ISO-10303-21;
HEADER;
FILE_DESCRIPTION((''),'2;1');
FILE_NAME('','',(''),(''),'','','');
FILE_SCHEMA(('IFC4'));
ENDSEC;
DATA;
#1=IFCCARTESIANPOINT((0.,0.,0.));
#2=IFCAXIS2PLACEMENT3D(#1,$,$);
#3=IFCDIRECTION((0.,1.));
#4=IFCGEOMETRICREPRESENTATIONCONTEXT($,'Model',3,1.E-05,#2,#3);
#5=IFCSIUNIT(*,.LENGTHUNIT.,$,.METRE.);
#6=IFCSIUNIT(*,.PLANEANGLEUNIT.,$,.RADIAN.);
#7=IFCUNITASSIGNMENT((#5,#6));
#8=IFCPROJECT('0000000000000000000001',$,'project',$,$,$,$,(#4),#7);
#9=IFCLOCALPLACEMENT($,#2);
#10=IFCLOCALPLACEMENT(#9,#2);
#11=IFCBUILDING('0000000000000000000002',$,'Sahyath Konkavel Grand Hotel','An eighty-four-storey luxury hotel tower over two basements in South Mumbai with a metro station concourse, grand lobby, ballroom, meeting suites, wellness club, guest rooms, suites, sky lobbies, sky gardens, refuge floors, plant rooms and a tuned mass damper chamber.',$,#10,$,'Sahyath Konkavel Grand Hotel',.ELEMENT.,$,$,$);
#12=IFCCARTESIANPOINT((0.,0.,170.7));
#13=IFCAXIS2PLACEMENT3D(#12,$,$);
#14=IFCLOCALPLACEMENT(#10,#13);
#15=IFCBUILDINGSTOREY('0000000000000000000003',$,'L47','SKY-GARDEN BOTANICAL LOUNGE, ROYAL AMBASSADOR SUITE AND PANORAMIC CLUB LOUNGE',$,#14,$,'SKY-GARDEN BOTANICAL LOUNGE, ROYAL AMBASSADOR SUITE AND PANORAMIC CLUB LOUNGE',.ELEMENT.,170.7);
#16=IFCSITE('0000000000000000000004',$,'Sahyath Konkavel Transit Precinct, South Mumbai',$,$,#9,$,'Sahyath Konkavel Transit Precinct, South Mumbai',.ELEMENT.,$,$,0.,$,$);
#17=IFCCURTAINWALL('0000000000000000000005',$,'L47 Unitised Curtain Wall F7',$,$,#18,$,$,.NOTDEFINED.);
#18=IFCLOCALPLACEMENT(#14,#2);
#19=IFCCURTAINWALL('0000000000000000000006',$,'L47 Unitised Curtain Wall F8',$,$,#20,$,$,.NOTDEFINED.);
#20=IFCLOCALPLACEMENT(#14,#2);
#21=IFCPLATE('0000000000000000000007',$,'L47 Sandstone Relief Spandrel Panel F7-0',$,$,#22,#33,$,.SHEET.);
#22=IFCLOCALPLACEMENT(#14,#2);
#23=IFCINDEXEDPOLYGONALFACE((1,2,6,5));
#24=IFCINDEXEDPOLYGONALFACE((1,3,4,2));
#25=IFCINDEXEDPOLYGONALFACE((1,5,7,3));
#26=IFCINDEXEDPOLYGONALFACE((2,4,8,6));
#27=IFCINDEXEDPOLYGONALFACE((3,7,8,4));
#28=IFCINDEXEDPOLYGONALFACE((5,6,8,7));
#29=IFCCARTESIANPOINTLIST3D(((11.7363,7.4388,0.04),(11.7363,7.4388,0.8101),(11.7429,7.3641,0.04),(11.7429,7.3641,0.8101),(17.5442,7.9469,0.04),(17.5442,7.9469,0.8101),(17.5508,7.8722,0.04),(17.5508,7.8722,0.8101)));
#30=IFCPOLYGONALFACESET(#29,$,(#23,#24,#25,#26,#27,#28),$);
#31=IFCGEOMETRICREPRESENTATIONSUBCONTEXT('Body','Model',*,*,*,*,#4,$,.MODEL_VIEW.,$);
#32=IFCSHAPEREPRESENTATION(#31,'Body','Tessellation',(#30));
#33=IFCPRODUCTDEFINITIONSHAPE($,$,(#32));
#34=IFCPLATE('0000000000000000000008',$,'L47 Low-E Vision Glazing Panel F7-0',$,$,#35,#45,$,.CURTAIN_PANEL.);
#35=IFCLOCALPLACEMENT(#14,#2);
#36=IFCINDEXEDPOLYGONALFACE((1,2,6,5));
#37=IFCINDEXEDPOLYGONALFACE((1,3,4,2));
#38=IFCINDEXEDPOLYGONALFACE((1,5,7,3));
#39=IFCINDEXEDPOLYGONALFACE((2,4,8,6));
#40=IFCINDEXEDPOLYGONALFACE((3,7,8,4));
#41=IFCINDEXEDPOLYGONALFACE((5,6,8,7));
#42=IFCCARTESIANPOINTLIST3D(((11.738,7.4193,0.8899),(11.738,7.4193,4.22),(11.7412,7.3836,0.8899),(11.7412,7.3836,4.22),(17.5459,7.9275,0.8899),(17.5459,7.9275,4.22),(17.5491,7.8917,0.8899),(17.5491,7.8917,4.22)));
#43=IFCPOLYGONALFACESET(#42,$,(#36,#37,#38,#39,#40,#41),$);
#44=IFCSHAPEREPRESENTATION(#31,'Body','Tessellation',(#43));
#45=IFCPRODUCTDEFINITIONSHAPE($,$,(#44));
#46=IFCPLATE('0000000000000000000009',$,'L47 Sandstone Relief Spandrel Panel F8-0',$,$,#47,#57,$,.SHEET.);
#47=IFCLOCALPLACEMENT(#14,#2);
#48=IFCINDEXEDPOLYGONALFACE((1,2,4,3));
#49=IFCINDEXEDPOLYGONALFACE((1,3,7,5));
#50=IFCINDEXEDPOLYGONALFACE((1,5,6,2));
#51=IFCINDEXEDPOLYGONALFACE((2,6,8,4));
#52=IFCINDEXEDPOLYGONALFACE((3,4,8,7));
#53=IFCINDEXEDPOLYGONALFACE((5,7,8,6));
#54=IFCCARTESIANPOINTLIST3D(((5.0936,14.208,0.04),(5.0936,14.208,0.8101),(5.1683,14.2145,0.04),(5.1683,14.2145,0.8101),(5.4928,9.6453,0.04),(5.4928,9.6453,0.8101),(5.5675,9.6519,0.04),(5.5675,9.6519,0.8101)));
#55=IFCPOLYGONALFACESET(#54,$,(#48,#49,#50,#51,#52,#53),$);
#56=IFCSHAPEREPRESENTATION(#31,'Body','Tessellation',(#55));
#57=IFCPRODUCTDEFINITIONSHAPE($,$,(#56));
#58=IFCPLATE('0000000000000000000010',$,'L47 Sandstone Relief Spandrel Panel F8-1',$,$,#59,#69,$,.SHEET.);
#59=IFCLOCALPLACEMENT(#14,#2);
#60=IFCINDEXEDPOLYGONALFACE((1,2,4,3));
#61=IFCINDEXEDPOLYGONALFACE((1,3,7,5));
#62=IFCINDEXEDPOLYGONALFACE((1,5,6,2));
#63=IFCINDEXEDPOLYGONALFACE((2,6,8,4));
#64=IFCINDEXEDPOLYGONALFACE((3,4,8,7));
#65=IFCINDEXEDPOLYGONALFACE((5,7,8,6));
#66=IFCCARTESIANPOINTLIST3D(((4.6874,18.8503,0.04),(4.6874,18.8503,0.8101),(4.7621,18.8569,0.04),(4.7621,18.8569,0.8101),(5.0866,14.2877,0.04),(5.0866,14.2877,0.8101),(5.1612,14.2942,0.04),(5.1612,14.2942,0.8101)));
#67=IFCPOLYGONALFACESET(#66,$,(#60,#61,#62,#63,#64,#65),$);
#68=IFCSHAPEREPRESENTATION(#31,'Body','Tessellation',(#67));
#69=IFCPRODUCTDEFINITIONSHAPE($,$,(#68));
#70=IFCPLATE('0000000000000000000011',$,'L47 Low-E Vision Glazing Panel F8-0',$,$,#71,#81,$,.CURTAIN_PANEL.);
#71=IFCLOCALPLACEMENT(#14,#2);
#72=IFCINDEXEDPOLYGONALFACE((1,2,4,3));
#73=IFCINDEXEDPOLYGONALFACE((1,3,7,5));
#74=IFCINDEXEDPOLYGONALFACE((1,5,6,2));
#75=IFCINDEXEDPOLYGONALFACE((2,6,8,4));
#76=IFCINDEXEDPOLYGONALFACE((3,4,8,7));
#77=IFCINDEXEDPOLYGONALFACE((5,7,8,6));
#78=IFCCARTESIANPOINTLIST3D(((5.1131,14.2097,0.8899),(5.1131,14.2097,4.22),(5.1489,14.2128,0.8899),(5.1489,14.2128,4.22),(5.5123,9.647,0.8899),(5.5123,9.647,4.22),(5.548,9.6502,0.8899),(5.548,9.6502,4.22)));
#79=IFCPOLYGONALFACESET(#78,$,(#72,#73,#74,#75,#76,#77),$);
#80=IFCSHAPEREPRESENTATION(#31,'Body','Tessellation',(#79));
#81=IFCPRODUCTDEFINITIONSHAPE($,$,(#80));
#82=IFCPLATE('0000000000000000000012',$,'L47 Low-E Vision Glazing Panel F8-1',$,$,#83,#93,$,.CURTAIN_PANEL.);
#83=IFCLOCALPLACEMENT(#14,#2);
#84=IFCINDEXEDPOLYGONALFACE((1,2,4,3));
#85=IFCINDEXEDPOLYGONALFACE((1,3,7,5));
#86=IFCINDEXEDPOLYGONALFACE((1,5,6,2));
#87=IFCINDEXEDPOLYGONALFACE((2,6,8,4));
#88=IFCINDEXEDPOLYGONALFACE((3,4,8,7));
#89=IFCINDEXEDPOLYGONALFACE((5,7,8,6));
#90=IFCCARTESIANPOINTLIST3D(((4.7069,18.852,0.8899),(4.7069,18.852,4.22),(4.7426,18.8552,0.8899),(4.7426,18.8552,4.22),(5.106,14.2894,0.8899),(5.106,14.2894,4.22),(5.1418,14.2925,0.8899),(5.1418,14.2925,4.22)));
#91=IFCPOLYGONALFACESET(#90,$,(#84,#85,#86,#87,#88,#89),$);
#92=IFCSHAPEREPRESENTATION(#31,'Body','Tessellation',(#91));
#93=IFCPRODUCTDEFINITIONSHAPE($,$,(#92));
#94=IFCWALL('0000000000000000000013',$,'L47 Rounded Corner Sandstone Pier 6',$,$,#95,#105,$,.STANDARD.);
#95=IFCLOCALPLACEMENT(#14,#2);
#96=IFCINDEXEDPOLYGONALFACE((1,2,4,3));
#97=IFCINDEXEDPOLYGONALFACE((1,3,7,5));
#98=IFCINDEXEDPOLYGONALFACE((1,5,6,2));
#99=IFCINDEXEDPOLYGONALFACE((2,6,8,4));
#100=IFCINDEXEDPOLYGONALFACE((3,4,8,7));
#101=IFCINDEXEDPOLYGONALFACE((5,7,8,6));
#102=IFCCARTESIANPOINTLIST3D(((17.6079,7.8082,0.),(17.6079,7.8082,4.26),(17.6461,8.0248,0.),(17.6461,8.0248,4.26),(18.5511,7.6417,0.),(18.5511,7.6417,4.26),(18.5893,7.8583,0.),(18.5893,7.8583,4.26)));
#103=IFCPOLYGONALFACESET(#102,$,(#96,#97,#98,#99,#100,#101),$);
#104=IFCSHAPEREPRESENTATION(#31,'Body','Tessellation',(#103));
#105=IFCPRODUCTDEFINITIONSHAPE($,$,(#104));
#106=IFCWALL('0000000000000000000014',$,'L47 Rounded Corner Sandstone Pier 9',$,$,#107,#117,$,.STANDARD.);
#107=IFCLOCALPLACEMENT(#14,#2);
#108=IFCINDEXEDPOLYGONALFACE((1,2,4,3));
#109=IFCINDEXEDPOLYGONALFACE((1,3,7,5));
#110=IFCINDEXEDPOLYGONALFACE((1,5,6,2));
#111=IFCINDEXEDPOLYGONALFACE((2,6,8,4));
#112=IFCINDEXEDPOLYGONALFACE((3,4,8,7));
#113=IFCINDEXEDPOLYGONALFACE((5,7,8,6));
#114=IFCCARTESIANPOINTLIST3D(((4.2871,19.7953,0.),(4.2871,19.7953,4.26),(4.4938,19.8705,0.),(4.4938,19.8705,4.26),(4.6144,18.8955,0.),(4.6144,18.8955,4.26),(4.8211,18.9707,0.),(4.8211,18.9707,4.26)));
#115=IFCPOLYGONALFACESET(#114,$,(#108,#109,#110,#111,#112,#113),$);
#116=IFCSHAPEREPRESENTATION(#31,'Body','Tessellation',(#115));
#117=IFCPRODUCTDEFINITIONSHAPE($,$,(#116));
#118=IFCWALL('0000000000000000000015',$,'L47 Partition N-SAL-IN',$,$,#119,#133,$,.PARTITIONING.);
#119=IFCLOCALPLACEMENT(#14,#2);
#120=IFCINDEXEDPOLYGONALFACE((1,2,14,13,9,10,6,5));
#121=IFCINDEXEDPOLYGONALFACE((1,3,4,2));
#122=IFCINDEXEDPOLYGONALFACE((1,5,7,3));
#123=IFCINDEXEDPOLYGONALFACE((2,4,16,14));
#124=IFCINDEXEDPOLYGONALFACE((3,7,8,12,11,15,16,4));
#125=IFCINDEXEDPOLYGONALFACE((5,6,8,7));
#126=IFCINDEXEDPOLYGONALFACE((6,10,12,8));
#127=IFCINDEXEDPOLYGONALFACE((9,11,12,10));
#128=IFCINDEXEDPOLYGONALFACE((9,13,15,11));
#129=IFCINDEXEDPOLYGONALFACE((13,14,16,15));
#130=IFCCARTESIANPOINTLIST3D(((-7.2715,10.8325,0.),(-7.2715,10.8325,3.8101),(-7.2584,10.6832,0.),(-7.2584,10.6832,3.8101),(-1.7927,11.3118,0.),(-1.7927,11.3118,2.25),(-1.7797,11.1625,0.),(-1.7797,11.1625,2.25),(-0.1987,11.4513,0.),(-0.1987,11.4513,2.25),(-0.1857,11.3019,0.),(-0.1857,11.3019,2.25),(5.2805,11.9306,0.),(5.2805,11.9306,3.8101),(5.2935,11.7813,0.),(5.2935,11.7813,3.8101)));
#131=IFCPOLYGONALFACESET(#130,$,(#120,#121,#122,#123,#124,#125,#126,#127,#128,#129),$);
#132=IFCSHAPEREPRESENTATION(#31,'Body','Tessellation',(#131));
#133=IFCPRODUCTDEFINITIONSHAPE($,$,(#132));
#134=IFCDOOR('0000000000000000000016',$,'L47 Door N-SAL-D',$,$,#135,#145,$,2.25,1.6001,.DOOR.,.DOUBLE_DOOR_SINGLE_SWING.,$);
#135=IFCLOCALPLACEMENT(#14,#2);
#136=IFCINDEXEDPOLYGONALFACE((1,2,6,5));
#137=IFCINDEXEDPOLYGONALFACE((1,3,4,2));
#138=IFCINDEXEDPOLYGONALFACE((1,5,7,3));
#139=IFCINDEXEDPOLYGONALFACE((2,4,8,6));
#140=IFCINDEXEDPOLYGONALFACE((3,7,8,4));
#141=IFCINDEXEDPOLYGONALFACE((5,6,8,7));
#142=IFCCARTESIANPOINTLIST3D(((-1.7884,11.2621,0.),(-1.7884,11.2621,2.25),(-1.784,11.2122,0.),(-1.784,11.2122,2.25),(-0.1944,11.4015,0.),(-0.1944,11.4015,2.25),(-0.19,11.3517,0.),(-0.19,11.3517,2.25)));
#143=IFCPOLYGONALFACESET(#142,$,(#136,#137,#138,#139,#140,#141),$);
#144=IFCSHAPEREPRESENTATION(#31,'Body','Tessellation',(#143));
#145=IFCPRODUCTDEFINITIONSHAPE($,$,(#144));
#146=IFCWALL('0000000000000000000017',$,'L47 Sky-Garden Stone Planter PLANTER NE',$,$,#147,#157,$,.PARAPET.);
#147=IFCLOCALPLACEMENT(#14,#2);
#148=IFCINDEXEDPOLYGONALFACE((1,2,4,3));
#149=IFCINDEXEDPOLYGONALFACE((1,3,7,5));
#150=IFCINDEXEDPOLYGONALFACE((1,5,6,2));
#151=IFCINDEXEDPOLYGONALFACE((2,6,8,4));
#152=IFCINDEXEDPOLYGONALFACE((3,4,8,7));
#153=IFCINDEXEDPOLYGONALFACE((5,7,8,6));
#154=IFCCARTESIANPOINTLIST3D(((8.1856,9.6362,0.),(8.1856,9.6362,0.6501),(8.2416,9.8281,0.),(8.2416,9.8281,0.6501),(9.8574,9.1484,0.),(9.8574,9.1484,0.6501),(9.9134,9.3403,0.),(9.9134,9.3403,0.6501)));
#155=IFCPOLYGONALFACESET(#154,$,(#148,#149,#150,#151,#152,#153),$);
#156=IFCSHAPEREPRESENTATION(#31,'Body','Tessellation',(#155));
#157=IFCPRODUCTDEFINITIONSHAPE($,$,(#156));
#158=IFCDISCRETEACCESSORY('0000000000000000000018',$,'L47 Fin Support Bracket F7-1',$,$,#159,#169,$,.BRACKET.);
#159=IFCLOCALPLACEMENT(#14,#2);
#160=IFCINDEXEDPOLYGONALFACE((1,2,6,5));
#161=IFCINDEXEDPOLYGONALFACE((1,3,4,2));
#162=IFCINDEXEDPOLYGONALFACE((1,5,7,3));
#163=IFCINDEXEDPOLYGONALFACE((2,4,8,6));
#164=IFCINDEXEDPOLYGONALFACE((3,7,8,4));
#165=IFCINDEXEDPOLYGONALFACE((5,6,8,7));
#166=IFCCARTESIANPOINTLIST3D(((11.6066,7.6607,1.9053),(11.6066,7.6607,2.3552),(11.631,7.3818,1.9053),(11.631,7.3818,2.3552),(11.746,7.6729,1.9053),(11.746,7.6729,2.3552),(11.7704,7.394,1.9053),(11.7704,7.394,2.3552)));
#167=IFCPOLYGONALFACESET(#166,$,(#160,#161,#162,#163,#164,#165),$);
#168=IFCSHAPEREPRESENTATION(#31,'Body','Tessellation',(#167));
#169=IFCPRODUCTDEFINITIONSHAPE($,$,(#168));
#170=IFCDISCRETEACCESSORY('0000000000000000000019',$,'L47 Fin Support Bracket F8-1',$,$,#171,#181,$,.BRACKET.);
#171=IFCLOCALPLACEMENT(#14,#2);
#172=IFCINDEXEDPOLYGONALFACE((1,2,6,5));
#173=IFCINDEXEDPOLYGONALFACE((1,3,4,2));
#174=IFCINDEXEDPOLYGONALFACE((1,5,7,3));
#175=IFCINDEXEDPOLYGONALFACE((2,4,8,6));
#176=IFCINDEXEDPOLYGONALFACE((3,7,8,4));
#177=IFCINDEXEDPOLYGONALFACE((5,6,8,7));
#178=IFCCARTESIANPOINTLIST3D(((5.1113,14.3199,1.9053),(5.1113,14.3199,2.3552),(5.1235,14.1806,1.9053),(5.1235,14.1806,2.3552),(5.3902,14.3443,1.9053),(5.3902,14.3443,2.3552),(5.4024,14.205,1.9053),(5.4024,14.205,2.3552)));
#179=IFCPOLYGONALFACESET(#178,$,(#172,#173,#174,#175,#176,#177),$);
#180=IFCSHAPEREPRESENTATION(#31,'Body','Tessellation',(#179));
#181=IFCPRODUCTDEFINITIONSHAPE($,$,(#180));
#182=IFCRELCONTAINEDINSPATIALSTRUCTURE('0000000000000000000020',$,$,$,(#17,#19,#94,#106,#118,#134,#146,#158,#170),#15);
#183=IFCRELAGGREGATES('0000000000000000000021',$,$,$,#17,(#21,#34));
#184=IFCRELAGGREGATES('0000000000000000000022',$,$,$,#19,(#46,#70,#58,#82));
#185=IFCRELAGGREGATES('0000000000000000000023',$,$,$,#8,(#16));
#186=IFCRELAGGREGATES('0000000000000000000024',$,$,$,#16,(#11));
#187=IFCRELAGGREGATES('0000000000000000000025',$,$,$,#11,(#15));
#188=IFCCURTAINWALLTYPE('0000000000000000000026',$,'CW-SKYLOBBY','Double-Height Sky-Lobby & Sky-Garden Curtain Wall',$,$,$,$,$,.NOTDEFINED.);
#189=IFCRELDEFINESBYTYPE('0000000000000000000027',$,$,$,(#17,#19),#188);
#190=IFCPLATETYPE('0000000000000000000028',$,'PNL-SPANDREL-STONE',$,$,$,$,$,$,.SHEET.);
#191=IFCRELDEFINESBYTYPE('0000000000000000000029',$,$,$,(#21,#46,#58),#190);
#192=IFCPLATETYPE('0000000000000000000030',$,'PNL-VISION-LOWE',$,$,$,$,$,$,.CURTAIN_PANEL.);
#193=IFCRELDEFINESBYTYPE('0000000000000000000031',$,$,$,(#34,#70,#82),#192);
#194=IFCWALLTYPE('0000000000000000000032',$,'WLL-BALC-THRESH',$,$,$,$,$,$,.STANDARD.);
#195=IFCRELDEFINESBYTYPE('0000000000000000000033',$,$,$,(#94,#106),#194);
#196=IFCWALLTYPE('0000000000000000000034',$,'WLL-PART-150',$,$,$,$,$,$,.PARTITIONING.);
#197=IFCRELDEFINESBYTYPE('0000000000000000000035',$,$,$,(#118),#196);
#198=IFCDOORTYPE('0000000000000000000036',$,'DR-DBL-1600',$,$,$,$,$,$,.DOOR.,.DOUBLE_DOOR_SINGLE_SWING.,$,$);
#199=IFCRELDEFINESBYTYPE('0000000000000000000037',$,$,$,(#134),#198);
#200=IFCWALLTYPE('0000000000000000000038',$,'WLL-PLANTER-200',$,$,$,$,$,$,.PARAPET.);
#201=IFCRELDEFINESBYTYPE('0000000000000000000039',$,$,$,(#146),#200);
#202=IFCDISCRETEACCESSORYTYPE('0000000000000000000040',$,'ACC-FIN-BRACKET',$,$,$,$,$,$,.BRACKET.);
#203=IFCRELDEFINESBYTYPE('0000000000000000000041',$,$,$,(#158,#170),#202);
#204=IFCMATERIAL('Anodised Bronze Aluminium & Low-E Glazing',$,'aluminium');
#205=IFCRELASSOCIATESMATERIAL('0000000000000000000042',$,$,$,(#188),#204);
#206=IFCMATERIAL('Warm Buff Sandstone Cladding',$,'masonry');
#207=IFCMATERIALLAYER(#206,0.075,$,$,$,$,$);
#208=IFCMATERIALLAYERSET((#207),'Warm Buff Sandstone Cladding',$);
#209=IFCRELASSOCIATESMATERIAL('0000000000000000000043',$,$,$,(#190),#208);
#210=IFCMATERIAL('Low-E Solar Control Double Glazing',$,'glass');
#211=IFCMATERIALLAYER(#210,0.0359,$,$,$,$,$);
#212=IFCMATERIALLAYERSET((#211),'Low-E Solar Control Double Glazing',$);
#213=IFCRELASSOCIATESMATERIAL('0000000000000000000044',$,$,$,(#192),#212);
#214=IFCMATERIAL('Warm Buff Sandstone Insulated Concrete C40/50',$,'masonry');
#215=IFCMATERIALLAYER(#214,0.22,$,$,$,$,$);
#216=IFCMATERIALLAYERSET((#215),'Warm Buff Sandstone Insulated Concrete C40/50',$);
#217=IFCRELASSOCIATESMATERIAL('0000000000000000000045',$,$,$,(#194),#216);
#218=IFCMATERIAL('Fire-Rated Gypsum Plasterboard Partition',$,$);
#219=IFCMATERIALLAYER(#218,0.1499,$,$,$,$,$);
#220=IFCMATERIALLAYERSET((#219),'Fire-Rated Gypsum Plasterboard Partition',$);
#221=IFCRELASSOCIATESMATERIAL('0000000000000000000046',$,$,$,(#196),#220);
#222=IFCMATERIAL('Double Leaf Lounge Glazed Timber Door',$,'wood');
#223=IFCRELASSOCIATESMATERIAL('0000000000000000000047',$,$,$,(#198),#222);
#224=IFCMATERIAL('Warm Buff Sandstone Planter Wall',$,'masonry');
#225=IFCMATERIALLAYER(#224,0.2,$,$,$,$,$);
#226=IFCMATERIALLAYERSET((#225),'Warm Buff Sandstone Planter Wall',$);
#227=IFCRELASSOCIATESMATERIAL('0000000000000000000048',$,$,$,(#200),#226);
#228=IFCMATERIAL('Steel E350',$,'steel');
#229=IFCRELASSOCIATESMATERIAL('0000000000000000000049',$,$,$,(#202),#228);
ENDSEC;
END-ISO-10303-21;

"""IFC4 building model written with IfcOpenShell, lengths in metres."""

from ifc_helpers import new_model, si_unit, direction, frame, frame_2d, origin, origin_2d, place, context, subcontext, project, spatial, rectangle, extrude, source, transform, mapped, material, layer, layer_set, type_object, element, fill, aggregate, save


model = new_model("IFC4")

# Units and contexts
model_context = context("Model", 3, precision=1e-05, world=origin(), true_north=direction((0.0, 1.0)))
body_context = subcontext(model_context, "Body", "Model", "MODEL_VIEW")
ifc_project = project(units=[si_unit("LENGTHUNIT", "METRE"), si_unit("PLANEANGLEUNIT", "RADIAN")], contexts=[model_context])

# Site, building, storey
site_placement = place(None, origin())
site = spatial("IfcSite", under=ifc_project, at=site_placement, Name="Sahyath Konkavel Transit Precinct, South Mumbai", LongName="Sahyath Konkavel Transit Precinct, South Mumbai", CompositionType="ELEMENT", RefElevation=0.0)
building_placement = place(site_placement, origin())
building = spatial("IfcBuilding", under=site, at=building_placement, Name="Sahyath Konkavel Grand Hotel", Description="An eighty-four-storey luxury hotel tower over two basements in South Mumbai with a metro station concourse, grand lobby, ballroom, meeting suites, wellness club, guest rooms, suites, sky lobbies, sky gardens, refuge floors, plant rooms and a tuned mass damper chamber.", LongName="Sahyath Konkavel Grand Hotel", CompositionType="ELEMENT")
storey_placement = place(building_placement, frame((0.0, 0.0, 170.7)))
storey = spatial("IfcBuildingStorey", under=building, at=storey_placement, Name="L47", Description="SKY-GARDEN BOTANICAL LOUNGE, ROYAL AMBASSADOR SUITE AND PANORAMIC CLUB LOUNGE", LongName="SKY-GARDEN BOTANICAL LOUNGE, ROYAL AMBASSADOR SUITE AND PANORAMIC CLUB LOUNGE", CompositionType="ELEMENT", Elevation=170.7)

# Curtain walls
ifc_material_1 = material(Name="Anodised Bronze Aluminium & Low-E Glazing", Category="aluminium")
curtain_wall_type = type_object("IfcCurtainWallType", Name="CW-SKYLOBBY", Description="Double-Height Sky-Lobby & Sky-Garden Curtain Wall", PredefinedType="NOTDEFINED", material=ifc_material_1)
curtain_wall_1_placement = place(storey_placement, origin())
curtain_wall_1 = element("IfcCurtainWall", 1, at=curtain_wall_1_placement, inside=storey, type_object=curtain_wall_type, Name="L47 Unitised Curtain Wall F7", PredefinedType="NOTDEFINED")
curtain_wall_2_placement = place(storey_placement, origin())
curtain_wall_2 = element("IfcCurtainWall", 2, at=curtain_wall_2_placement, inside=storey, type_object=curtain_wall_type, Name="L47 Unitised Curtain Wall F8", PredefinedType="NOTDEFINED")

# Plates
ifc_material_2 = material(Name="Warm Buff Sandstone Cladding", Category="masonry")
ifc_layer_1 = layer(ifc_material_2, 0.075)
ifc_layer_set_1 = layer_set([ifc_layer_1], Name="Warm Buff Sandstone Cladding")
plate_type_1 = type_object("IfcPlateType", Name="PNL-SPANDREL-STONE", PredefinedType="SHEET", material=ifc_layer_set_1)
shared_shape_1 = source(origin(), body_context, "Body", "SweptSolid", [
    extrude(rectangle(XDim=5.8301, YDim=0.075, at=origin_2d()), origin(), (0.0, 0.0, 1.0), 0.77),
])
plate_1_placement = place(storey_placement, frame((14.6436, 7.6555, 0.04), z_axis=(0.0, 0.0, 1.0), x_axis=(-0.996195, -0.087156, 0.0)))
plate_1 = element("IfcPlate", 3, at=plate_1_placement, type_object=plate_type_1, Name="L47 Sandstone Relief Spandrel Panel F7-0", PredefinedType="SHEET", context=body_context, shape_type="MappedRepresentation", body=[
    mapped(shared_shape_1, transform((0.0, 0.0, 0.0), scale=1.0)),
])
ifc_material_3 = material(Name="Low-E Solar Control Double Glazing", Category="glass")
ifc_layer_2 = layer(ifc_material_3, 0.0359)
ifc_layer_set_2 = layer_set([ifc_layer_2], Name="Low-E Solar Control Double Glazing")
plate_type_2 = type_object("IfcPlateType", Name="PNL-VISION-LOWE", PredefinedType="CURTAIN_PANEL", material=ifc_layer_set_2)
shared_shape_2 = source(origin(), body_context, "Body", "SweptSolid", [
    extrude(rectangle(XDim=5.8301, YDim=0.0359, at=origin_2d()), origin(), (0.0, 0.0, 1.0), 3.3301),
])
plate_2_placement = place(storey_placement, frame((14.6436, 7.6555, 0.8899), z_axis=(0.0, 0.0, 1.0), x_axis=(-0.996195, -0.087156, 0.0)))
plate_2 = element("IfcPlate", 4, at=plate_2_placement, type_object=plate_type_2, Name="L47 Low-E Vision Glazing Panel F7-0", PredefinedType="CURTAIN_PANEL", context=body_context, shape_type="MappedRepresentation", body=[
    mapped(shared_shape_2, transform((0.0, 0.0, 0.0), scale=1.0)),
])
aggregate(curtain_wall_1, [plate_1, plate_2])
shared_shape_3 = source(origin(), body_context, "Body", "SweptSolid", [
    extrude(rectangle(XDim=4.5801, YDim=0.075, at=origin_2d()), origin(), (0.0, 0.0, 1.0), 0.77),
])
plate_3_placement = place(storey_placement, frame((5.3306, 11.9299, 0.04), z_axis=(0.0, 0.0, 1.0), x_axis=(-0.087156, 0.996195, 0.0)))
plate_3 = element("IfcPlate", 5, at=plate_3_placement, type_object=plate_type_1, Name="L47 Sandstone Relief Spandrel Panel F8-0", PredefinedType="SHEET", context=body_context, shape_type="MappedRepresentation", body=[
    mapped(shared_shape_3, transform((0.0, 0.0, 0.0), scale=1.0)),
])
plate_4_placement = place(storey_placement, frame((4.9243, 16.5723, 0.04), z_axis=(0.0, 0.0, 1.0), x_axis=(-0.087156, 0.996195, 0.0)))
plate_4 = element("IfcPlate", 6, at=plate_4_placement, type_object=plate_type_1, Name="L47 Sandstone Relief Spandrel Panel F8-1", PredefinedType="SHEET", context=body_context, shape_type="MappedRepresentation", body=[
    mapped(shared_shape_3, transform((0.0, 0.0, 0.0), scale=1.0)),
])
shared_shape_4 = source(origin(), body_context, "Body", "SweptSolid", [
    extrude(rectangle(XDim=4.5801, YDim=0.0359, at=origin_2d()), origin(), (0.0, 0.0, 1.0), 3.3301),
])
plate_5_placement = place(storey_placement, frame((5.3306, 11.9299, 0.8899), z_axis=(0.0, 0.0, 1.0), x_axis=(-0.087156, 0.996195, 0.0)))
plate_5 = element("IfcPlate", 7, at=plate_5_placement, type_object=plate_type_2, Name="L47 Low-E Vision Glazing Panel F8-0", PredefinedType="CURTAIN_PANEL", context=body_context, shape_type="MappedRepresentation", body=[
    mapped(shared_shape_4, transform((0.0, 0.0, 0.0), scale=1.0)),
])
plate_6_placement = place(storey_placement, frame((4.9243, 16.5723, 0.8899), z_axis=(0.0, 0.0, 1.0), x_axis=(-0.087156, 0.996195, 0.0)))
plate_6 = element("IfcPlate", 8, at=plate_6_placement, type_object=plate_type_2, Name="L47 Low-E Vision Glazing Panel F8-1", PredefinedType="CURTAIN_PANEL", context=body_context, shape_type="MappedRepresentation", body=[
    mapped(shared_shape_4, transform((0.0, 0.0, 0.0), scale=1.0)),
])
aggregate(curtain_wall_2, [plate_3, plate_5, plate_4, plate_6])

# Walls
ifc_material_4 = material(Name="Warm Buff Sandstone Insulated Concrete C40/50", Category="masonry")
ifc_layer_3 = layer(ifc_material_4, 0.22)
ifc_layer_set_3 = layer_set([ifc_layer_3], Name="Warm Buff Sandstone Insulated Concrete C40/50")
wall_type_1 = type_object("IfcWallType", Name="WLL-BALC-THRESH", PredefinedType="STANDARD", material=ifc_layer_set_3)
wall_1_placement = place(storey_placement, frame((18.5703, 7.75, 0.0), z_axis=(0.0, 0.0, 1.0), x_axis=(-0.984771, 0.173858, 0.0)))
element("IfcWall", 9, at=wall_1_placement, inside=storey, type_object=wall_type_1, Name="L47 Rounded Corner Sandstone Pier 6", PredefinedType="STANDARD", context=body_context, shape_type="SweptSolid", body=[
    extrude(rectangle(XDim=0.9578, YDim=0.22, at=frame_2d((0.479, 0.0))), origin(), (0.0, 0.0, 1.0), 4.26),
])
wall_2_placement = place(storey_placement, frame((4.7178, 18.9331, 0.0), z_axis=(0.0, 0.0, 1.0), x_axis=(-0.341886, 0.939741, 0.0)))
element("IfcWall", 10, at=wall_2_placement, inside=storey, type_object=wall_type_1, Name="L47 Rounded Corner Sandstone Pier 9", PredefinedType="STANDARD", context=body_context, shape_type="SweptSolid", body=[
    extrude(rectangle(XDim=0.9575, YDim=0.22, at=frame_2d((0.4788, 0.0))), origin(), (0.0, 0.0, 1.0), 4.26),
])

# Wall, opening, door
ifc_material_5 = material(Name="Fire-Rated Gypsum Plasterboard Partition")
ifc_layer_4 = layer(ifc_material_5, 0.1499)
ifc_layer_set_4 = layer_set([ifc_layer_4], Name="Fire-Rated Gypsum Plasterboard Partition")
wall_type_2 = type_object("IfcWallType", Name="WLL-PART-150", PredefinedType="PARTITIONING", material=ifc_layer_set_4)
wall_3_placement = place(storey_placement, frame((5.2869, 11.856, 0.0), z_axis=(0.0, 0.0, 1.0), x_axis=(-0.996195, -0.087155, 0.0)))
wall_3 = element("IfcWall", 11, at=wall_3_placement, inside=storey, type_object=wall_type_2, Name="L47 Partition N-SAL-IN", PredefinedType="PARTITIONING", context=body_context, shape_type="SweptSolid", body=[
    extrude(rectangle(XDim=12.5999, YDim=0.1499, at=frame_2d((6.2998, 0.0))), origin(), (0.0, 0.0, 1.0), 3.8101),
])
opening_placement = place(wall_3_placement, frame((5.5, 0.0, 0.0)))
opening = element("IfcOpeningElement", 12, at=opening_placement, cuts=wall_3, PredefinedType="OPENING", context=body_context, shape_type="SweptSolid", body=[
    extrude(rectangle(XDim=1.6001, YDim=2.25, at=frame_2d((0.8, 1.125))), frame((0.0, 0.085, 0.0), z_axis=(0.0, -1.0, 0.0), x_axis=(1.0, 0.0, 0.0)), (0.0, 0.0, 1.0), 0.1699),
])
ifc_material_6 = material(Name="Double Leaf Lounge Glazed Timber Door", Category="wood")
door_type = type_object("IfcDoorType", Name="DR-DBL-1600", OperationType="DOUBLE_DOOR_SINGLE_SWING", PredefinedType="DOOR", material=ifc_material_6)
shared_shape_5 = source(origin(), body_context, "Body", "SweptSolid", [
    extrude(rectangle(XDim=1.6001, YDim=0.05, at=origin_2d()), origin(), (0.0, 0.0, 1.0), 2.25),
])
door_placement = place(opening_placement, frame((0.8, 0.0, 0.0)))
door = element("IfcDoor", 13, at=door_placement, inside=storey, type_object=door_type, Name="L47 Door N-SAL-D", OperationType="DOUBLE_DOOR_SINGLE_SWING", OverallHeight=2.25, OverallWidth=1.6001, PredefinedType="DOOR", context=body_context, shape_type="MappedRepresentation", body=[
    mapped(shared_shape_5, transform((0.0, 0.0, 0.0), scale=1.0)),
])
fill(opening, door)

# Wall
ifc_material_7 = material(Name="Warm Buff Sandstone Planter Wall", Category="masonry")
ifc_layer_5 = layer(ifc_material_7, 0.2)
ifc_layer_set_5 = layer_set([ifc_layer_5], Name="Warm Buff Sandstone Planter Wall")
wall_type_3 = type_object("IfcWallType", Name="WLL-PLANTER-200", PredefinedType="PARAPET", material=ifc_layer_set_5)
wall_4_placement = place(storey_placement, frame((9.8853, 9.2444, 0.0), z_axis=(0.0, 0.0, 1.0), x_axis=(-0.959964, 0.280124, 0.0)))
element("IfcWall", 14, at=wall_4_placement, inside=storey, type_object=wall_type_3, Name="L47 Sky-Garden Stone Planter PLANTER NE", PredefinedType="PARAPET", context=body_context, shape_type="SweptSolid", body=[
    extrude(rectangle(XDim=1.7415, YDim=0.2, at=frame_2d((0.8706, 0.0))), origin(), (0.0, 0.0, 1.0), 0.6501),
])

# Discrete accessories
ifc_material_8 = material(Name="Steel E350", Category="steel")
discrete_accessory_type = type_object("IfcDiscreteAccessoryType", Name="ACC-FIN-BRACKET", PredefinedType="BRACKET", material=ifc_material_8)
shared_shape_6 = source(origin(), body_context, "Body", "SweptSolid", [
    extrude(rectangle(XDim=0.28, YDim=0.1399, at=origin_2d()), origin(), (0.0, 0.0, 1.0), 0.45),
])
for number, where, z_axis, x_axis, name in (
    (15, (11.6885, 7.5273, 1.9053), (0.0, 0.0, 1.0), (-0.087156, 0.996195, 0.0), "L47 Fin Support Bracket F7-1"),
    (16, (5.2568, 14.2625, 1.9053), (0.0, 0.0, 1.0), (0.996195, 0.087156, 0.0), "L47 Fin Support Bracket F8-1"),
):
    element("IfcDiscreteAccessory", number, at=place(storey_placement, frame(where, z_axis=z_axis, x_axis=x_axis)), inside=storey, type_object=discrete_accessory_type, Name=name, PredefinedType="BRACKET", context=body_context, shape_type="MappedRepresentation", body=[
        mapped(shared_shape_6, transform((0.0, 0.0, 0.0), scale=1.0)),
    ])

save(model, "model.ifc")
